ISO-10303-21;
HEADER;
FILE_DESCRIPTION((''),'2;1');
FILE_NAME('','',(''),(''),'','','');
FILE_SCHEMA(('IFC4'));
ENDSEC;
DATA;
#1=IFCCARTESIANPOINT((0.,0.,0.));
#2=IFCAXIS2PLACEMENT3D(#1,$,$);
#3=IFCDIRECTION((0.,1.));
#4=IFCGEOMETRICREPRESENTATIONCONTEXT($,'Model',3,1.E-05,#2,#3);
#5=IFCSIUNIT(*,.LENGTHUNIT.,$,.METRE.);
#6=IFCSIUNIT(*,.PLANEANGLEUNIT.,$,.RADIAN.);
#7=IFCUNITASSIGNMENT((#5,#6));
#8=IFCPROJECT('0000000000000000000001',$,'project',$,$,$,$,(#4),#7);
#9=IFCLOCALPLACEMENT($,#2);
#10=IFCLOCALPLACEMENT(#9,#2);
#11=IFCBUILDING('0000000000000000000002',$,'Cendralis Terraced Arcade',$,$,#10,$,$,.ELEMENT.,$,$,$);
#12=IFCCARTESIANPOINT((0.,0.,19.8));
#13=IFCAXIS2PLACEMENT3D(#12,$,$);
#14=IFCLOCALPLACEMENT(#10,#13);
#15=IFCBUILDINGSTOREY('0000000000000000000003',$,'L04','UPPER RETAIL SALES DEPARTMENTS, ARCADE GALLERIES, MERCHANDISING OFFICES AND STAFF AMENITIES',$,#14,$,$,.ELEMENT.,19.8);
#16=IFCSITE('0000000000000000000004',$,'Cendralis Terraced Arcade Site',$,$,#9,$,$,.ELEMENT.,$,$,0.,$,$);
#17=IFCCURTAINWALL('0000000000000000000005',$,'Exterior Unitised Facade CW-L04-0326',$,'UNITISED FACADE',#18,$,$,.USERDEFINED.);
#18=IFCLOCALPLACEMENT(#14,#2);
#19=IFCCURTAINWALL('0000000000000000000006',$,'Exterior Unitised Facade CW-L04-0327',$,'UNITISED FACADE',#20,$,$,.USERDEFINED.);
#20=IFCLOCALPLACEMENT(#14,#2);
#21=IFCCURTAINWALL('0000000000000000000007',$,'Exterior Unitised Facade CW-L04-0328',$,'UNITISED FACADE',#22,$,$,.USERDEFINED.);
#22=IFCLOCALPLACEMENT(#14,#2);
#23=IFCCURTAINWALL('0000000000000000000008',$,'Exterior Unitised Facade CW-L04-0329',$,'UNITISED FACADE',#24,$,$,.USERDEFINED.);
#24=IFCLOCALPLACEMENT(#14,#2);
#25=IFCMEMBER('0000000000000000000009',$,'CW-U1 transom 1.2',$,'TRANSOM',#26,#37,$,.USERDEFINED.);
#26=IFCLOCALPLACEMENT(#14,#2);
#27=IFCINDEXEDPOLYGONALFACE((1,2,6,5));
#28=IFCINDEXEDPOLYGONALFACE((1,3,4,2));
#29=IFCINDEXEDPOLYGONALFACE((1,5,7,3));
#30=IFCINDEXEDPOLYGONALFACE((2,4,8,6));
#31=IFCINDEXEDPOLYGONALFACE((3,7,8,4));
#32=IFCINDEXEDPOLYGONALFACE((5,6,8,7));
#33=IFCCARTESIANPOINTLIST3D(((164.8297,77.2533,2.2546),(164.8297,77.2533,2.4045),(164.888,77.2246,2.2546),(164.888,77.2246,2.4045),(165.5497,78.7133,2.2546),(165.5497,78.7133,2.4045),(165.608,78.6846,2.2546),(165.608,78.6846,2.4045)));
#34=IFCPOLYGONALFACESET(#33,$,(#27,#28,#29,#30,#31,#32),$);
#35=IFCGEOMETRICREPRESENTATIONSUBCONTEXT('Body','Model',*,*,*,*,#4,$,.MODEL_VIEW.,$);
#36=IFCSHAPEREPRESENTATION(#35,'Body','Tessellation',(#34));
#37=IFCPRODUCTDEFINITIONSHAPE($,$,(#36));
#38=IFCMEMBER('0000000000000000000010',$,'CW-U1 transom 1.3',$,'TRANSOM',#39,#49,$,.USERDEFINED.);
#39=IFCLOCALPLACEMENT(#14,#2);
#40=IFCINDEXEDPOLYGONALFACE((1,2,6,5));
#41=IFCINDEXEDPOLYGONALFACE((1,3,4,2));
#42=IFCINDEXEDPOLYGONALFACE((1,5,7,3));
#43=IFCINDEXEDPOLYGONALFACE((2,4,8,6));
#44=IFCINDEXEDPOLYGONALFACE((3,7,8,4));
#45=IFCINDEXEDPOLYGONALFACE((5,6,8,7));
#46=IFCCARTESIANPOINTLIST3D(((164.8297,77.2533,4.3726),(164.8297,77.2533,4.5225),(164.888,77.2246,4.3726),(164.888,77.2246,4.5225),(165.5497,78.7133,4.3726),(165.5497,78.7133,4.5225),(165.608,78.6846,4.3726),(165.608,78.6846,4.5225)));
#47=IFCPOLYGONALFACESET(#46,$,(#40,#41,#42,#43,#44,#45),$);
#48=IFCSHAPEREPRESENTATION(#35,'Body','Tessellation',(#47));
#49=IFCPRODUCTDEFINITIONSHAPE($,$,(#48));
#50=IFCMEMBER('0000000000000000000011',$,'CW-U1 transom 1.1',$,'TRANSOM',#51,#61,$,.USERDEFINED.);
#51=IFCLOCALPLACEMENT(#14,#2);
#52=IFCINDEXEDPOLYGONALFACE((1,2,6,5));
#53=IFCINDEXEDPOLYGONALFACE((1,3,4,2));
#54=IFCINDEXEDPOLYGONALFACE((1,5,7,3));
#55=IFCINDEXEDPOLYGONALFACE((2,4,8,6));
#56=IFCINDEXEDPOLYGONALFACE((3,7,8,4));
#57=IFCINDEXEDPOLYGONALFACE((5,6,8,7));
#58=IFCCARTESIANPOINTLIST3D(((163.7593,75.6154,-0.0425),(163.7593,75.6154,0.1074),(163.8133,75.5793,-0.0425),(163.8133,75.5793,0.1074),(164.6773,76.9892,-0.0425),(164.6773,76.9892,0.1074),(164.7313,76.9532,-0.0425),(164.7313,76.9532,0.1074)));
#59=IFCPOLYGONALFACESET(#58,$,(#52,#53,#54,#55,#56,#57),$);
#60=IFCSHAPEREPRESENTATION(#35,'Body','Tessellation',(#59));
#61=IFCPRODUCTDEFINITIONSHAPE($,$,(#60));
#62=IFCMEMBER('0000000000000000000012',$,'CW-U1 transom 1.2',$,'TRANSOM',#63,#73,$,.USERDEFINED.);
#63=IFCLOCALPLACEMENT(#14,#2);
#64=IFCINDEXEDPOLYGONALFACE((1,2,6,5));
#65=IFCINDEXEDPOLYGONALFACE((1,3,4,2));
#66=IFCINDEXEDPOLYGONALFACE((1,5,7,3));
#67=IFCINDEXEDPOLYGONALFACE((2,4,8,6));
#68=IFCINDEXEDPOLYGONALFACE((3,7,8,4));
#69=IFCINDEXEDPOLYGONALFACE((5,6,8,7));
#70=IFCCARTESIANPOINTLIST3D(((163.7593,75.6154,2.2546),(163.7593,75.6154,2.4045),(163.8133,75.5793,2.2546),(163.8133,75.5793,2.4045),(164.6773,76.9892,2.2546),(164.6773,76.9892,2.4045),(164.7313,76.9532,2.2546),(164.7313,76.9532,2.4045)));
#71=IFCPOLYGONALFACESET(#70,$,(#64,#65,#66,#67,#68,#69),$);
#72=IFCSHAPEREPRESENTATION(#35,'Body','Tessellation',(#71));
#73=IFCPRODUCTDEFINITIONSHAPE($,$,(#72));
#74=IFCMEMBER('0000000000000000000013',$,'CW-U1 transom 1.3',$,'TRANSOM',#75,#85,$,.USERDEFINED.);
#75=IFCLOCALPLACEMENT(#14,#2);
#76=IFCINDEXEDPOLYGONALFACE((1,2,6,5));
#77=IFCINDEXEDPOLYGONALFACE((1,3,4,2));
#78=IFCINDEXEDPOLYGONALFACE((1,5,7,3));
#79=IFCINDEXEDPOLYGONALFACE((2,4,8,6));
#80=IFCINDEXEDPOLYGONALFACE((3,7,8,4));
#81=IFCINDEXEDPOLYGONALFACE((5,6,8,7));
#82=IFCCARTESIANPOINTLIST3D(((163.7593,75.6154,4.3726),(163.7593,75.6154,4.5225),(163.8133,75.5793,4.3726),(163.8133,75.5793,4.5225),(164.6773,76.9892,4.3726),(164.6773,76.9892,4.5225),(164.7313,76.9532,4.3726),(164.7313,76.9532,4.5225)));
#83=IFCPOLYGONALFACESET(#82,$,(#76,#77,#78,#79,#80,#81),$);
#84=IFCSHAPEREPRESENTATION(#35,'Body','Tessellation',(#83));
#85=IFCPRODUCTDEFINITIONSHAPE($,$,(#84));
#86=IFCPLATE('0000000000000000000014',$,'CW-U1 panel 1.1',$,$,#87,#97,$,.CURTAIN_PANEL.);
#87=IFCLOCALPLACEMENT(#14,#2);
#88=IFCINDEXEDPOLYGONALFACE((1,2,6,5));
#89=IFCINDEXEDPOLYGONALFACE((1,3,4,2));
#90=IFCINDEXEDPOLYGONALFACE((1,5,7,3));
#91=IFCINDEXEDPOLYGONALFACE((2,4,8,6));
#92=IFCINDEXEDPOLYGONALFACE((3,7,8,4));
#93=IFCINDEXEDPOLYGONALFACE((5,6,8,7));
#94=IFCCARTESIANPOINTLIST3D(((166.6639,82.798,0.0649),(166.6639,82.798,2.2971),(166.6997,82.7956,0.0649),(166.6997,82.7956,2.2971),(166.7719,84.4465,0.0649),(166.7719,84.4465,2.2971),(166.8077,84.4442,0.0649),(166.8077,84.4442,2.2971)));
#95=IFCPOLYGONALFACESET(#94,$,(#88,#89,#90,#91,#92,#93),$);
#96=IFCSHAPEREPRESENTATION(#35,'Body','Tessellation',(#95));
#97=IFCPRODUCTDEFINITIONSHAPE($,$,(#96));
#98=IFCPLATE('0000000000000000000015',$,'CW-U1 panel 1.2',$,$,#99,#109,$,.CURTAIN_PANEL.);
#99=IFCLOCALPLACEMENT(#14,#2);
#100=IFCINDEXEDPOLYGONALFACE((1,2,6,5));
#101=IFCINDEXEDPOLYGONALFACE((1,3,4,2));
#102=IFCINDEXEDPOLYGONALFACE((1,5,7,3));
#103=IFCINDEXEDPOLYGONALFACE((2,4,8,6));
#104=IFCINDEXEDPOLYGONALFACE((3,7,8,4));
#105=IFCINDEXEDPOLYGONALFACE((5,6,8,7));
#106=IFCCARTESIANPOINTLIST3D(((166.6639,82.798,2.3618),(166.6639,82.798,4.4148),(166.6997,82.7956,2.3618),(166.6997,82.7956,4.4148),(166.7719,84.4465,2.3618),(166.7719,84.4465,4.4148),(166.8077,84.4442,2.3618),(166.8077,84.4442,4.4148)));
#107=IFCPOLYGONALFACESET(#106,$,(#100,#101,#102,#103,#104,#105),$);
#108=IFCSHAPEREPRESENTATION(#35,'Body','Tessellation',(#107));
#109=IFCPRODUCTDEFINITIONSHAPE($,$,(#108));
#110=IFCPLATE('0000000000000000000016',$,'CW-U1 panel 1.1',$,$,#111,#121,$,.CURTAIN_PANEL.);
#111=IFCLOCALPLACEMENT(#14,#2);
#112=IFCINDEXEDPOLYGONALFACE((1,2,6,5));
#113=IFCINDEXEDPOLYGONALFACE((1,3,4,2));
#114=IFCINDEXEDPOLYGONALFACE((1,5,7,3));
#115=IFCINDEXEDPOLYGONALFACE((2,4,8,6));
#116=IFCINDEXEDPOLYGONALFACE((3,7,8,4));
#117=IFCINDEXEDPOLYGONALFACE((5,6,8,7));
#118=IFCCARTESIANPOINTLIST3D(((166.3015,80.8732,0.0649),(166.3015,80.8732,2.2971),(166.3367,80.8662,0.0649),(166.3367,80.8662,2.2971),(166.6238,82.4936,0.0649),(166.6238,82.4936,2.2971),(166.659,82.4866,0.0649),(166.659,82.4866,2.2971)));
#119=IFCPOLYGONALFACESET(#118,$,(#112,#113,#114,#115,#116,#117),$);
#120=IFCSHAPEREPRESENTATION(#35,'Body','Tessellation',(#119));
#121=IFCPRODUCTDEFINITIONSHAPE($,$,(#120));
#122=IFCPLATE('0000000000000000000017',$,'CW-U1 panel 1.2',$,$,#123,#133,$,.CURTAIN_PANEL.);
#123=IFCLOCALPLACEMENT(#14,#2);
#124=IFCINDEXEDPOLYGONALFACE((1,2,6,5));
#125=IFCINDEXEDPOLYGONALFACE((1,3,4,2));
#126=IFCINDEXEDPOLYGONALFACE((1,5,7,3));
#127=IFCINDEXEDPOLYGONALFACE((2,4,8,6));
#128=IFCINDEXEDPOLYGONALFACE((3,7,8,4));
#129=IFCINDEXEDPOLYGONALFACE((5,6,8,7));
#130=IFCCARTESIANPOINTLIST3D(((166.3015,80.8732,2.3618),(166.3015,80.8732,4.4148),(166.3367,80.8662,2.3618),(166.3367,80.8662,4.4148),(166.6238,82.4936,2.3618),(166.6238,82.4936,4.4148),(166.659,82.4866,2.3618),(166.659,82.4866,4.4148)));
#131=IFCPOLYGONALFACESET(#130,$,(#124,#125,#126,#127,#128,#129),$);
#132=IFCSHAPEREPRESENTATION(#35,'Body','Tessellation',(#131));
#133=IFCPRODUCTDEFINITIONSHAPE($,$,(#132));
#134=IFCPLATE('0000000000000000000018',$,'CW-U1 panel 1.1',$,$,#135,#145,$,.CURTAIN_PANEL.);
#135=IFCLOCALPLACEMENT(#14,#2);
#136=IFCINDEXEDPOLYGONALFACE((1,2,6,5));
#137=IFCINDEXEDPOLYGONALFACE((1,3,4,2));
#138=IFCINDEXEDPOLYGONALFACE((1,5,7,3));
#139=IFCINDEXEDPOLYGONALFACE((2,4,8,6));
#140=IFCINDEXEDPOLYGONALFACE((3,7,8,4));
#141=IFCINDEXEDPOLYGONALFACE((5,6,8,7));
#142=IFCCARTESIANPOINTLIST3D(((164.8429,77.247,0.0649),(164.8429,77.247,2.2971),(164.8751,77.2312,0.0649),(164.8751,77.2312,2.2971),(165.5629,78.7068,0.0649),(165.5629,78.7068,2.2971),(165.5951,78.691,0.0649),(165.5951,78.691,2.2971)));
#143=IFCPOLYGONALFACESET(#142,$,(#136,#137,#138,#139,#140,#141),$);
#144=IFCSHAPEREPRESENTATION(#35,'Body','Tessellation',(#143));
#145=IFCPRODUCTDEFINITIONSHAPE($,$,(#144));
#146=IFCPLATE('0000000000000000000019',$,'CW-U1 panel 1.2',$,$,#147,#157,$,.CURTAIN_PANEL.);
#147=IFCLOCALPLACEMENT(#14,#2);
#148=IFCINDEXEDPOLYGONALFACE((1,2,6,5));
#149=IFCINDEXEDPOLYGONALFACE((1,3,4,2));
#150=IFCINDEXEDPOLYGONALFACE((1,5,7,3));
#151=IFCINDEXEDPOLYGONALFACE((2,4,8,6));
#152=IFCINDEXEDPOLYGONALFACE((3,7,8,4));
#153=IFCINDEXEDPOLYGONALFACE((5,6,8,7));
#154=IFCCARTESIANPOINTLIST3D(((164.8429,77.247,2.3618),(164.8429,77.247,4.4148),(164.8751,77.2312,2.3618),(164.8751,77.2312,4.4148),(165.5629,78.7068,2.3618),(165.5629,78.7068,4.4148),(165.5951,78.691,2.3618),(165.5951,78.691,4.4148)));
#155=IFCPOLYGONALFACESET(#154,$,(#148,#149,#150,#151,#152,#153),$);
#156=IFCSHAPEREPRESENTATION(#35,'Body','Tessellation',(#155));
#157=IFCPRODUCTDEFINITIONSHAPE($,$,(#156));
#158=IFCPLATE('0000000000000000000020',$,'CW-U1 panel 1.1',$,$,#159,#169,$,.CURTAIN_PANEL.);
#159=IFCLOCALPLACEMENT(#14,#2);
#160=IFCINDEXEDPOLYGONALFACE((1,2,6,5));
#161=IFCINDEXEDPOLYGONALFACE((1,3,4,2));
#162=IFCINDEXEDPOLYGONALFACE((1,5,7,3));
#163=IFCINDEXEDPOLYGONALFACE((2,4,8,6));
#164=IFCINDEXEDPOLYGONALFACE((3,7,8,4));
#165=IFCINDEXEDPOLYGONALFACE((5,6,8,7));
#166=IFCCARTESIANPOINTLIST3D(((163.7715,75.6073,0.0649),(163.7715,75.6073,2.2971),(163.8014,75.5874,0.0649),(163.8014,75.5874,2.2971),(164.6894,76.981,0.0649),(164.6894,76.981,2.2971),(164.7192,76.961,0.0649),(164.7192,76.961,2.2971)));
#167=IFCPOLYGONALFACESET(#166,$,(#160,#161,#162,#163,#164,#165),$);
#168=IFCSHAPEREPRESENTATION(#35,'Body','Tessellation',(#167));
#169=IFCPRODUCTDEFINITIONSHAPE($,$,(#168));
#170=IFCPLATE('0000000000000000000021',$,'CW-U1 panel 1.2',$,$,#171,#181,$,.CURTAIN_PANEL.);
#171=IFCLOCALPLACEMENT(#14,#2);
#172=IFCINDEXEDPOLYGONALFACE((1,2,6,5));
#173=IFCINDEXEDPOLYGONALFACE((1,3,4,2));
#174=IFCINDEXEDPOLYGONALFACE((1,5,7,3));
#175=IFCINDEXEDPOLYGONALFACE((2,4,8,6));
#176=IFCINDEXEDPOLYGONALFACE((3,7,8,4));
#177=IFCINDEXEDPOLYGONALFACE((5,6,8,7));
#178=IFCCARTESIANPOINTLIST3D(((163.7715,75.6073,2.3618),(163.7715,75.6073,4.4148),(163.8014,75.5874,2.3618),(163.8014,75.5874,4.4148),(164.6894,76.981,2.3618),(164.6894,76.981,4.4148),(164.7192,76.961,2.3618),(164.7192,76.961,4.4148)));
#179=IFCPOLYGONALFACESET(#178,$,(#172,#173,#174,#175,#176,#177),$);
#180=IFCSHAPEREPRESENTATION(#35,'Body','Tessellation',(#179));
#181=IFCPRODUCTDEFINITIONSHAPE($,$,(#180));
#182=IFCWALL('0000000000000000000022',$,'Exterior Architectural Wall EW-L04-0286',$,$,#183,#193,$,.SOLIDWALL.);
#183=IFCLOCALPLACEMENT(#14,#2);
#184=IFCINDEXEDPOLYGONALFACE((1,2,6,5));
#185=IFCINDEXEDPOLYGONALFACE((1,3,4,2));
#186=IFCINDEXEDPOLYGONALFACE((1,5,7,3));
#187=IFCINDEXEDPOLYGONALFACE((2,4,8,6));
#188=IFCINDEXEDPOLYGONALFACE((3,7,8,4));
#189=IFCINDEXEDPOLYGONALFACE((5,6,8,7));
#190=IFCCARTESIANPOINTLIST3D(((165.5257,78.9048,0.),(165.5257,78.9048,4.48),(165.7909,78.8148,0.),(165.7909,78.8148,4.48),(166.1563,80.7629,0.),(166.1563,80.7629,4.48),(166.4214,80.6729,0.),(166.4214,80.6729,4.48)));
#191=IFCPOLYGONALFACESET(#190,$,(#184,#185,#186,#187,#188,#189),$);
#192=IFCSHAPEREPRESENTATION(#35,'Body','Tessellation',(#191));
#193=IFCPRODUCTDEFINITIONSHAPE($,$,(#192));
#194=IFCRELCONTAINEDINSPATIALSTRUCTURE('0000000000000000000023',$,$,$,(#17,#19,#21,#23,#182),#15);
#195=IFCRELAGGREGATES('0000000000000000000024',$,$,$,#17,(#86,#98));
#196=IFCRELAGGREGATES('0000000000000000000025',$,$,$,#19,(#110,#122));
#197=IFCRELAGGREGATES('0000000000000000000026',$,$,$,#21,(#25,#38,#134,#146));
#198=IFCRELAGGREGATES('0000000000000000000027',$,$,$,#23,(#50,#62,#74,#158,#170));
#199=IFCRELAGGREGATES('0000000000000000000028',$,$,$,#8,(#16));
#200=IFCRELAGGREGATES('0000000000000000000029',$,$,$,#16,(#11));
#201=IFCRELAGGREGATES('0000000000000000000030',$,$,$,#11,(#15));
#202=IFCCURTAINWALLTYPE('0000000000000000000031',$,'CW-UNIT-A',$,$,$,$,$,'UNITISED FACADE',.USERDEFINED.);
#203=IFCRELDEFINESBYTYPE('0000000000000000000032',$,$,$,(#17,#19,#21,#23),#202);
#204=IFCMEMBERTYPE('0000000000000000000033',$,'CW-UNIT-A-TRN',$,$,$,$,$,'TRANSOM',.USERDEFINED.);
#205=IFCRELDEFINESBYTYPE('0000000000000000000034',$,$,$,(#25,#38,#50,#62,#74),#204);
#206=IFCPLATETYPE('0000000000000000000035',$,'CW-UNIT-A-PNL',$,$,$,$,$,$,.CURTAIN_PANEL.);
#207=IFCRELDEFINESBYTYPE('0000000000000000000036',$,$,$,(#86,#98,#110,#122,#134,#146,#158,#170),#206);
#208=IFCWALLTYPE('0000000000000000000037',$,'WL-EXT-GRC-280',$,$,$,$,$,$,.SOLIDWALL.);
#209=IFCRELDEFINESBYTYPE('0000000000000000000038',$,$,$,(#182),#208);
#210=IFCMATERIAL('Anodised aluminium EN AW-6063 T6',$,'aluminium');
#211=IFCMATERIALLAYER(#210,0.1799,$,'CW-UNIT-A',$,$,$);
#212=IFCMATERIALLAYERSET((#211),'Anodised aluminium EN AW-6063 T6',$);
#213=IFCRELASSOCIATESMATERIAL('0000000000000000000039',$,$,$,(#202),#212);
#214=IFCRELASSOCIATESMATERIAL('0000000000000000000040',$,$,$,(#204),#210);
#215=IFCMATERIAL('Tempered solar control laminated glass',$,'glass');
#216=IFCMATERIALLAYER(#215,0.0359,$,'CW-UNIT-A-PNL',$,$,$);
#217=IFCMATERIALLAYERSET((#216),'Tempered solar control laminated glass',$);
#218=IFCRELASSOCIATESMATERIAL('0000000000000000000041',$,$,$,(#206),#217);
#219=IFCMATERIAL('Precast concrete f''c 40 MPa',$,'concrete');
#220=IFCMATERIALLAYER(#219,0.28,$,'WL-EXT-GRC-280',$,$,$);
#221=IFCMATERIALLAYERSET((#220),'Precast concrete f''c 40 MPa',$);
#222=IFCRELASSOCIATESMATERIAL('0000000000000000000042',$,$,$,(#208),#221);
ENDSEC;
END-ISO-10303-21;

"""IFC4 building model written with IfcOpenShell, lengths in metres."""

from ifc_helpers import new_model, si_unit, direction, frame, frame_2d, origin, origin_2d, place, context, subcontext, project, spatial, rectangle, extrude, material, layer, layer_set, material_profile, profile_set, type_object, element, aggregate, save


model = new_model("IFC4")

# Units and contexts
model_context = context("Model", 3, precision=1e-05, world=origin(), true_north=direction((0.0, 1.0)))
body_context = subcontext(model_context, "Body", "Model", "MODEL_VIEW")
ifc_project = project(units=[si_unit("LENGTHUNIT", "METRE"), si_unit("PLANEANGLEUNIT", "RADIAN")], contexts=[model_context])

# Site, building, storey
site_placement = place(None, origin())
site = spatial("IfcSite", under=ifc_project, at=site_placement, Name="Cendralis Terraced Arcade Site", CompositionType="ELEMENT", RefElevation=0.0)
building_placement = place(site_placement, origin())
building = spatial("IfcBuilding", under=site, at=building_placement, Name="Cendralis Terraced Arcade", CompositionType="ELEMENT")
storey_placement = place(building_placement, frame((0.0, 0.0, 19.8)))
storey = spatial("IfcBuildingStorey", under=building, at=storey_placement, Name="L04", Description="UPPER RETAIL SALES DEPARTMENTS, ARCADE GALLERIES, MERCHANDISING OFFICES AND STAFF AMENITIES", CompositionType="ELEMENT", Elevation=19.8)

# Curtain walls
ifc_material_1 = material(Name="Anodised aluminium EN AW-6063 T6", Category="aluminium")
ifc_layer_1 = layer(ifc_material_1, 0.1799, Name="CW-UNIT-A")
ifc_layer_set_1 = layer_set([ifc_layer_1], Name="Anodised aluminium EN AW-6063 T6")
curtain_wall_type = type_object("IfcCurtainWallType", Name="CW-UNIT-A", ElementType="UNITISED FACADE", PredefinedType="USERDEFINED", material=ifc_layer_set_1)
curtain_wall_1_placement = place(storey_placement, origin())
curtain_wall_1 = element("IfcCurtainWall", 1, at=curtain_wall_1_placement, inside=storey, type_object=curtain_wall_type, Name="Exterior Unitised Facade CW-L04-0326", ObjectType="UNITISED FACADE", PredefinedType="USERDEFINED")
curtain_wall_2_placement = place(storey_placement, origin())
curtain_wall_2 = element("IfcCurtainWall", 2, at=curtain_wall_2_placement, inside=storey, type_object=curtain_wall_type, Name="Exterior Unitised Facade CW-L04-0327", ObjectType="UNITISED FACADE", PredefinedType="USERDEFINED")
curtain_wall_3_placement = place(storey_placement, origin())
curtain_wall_3 = element("IfcCurtainWall", 3, at=curtain_wall_3_placement, inside=storey, type_object=curtain_wall_type, Name="Exterior Unitised Facade CW-L04-0328", ObjectType="UNITISED FACADE", PredefinedType="USERDEFINED")

# Curtain wall
curtain_wall_4_placement = place(storey_placement, origin())
curtain_wall_4 = element("IfcCurtainWall", 4, at=curtain_wall_4_placement, inside=storey, type_object=curtain_wall_type, Name="Exterior Unitised Facade CW-L04-0329", ObjectType="UNITISED FACADE", PredefinedType="USERDEFINED")

# Members
ifc_material_profile_1 = material_profile(ifc_material_1, rectangle(XDim=0.0649, YDim=0.1499, at=origin_2d()), Name="ALU-TRN-65x150")
ifc_profile_set_1 = profile_set([ifc_material_profile_1], Name="Anodised aluminium EN AW-6063 T6")
member_type_1 = type_object("IfcMemberType", Name="CW-UNIT-A-TRN", ElementType="TRANSOM", PredefinedType="USERDEFINED", material=ifc_profile_set_1)
member_1_placement = place(storey_placement, frame((165.5789, 78.699, 2.3296), z_axis=(-0.442288, -0.896873, 0.0), x_axis=(0.896873, -0.442288, 0.0)))
member_1 = element("IfcMember", 5, at=member_1_placement, type_object=member_type_1, Name="CW-U1 transom 1.2", ObjectType="TRANSOM", PredefinedType="USERDEFINED", context=body_context, shape_type="SweptSolid", body=[
    extrude(rectangle(XDim=0.0649, YDim=0.1499, at=origin_2d()), origin(), (0.0, 0.0, 1.0), 1.6279),
])
member_2_placement = place(storey_placement, frame((165.5789, 78.699, 4.4475), z_axis=(-0.442288, -0.896873, 0.0), x_axis=(0.896873, -0.442288, 0.0)))
member_2 = element("IfcMember", 6, at=member_2_placement, type_object=member_type_1, Name="CW-U1 transom 1.3", ObjectType="TRANSOM", PredefinedType="USERDEFINED", context=body_context, shape_type="SweptSolid", body=[
    extrude(rectangle(XDim=0.0649, YDim=0.1499, at=origin_2d()), origin(), (0.0, 0.0, 1.0), 1.6279),
])
member_3_placement = place(storey_placement, frame((164.7043, 76.9712, 0.0325), z_axis=(-0.555586, -0.831459, 0.0), x_axis=(0.831459, -0.555586, 0.0)))
member_3 = element("IfcMember", 7, at=member_3_placement, type_object=member_type_1, Name="CW-U1 transom 1.1", ObjectType="TRANSOM", PredefinedType="USERDEFINED", context=body_context, shape_type="SweptSolid", body=[
    extrude(rectangle(XDim=0.0649, YDim=0.1499, at=origin_2d()), origin(), (0.0, 0.0, 1.0), 1.6523),
])
member_4_placement = place(storey_placement, frame((164.7043, 76.9712, 2.3296), z_axis=(-0.555586, -0.831459, 0.0), x_axis=(0.831459, -0.555586, 0.0)))
member_4 = element("IfcMember", 8, at=member_4_placement, type_object=member_type_1, Name="CW-U1 transom 1.2", ObjectType="TRANSOM", PredefinedType="USERDEFINED", context=body_context, shape_type="SweptSolid", body=[
    extrude(rectangle(XDim=0.0649, YDim=0.1499, at=origin_2d()), origin(), (0.0, 0.0, 1.0), 1.6523),
])
member_5_placement = place(storey_placement, frame((164.7043, 76.9712, 4.4475), z_axis=(-0.555586, -0.831459, 0.0), x_axis=(0.831459, -0.555586, 0.0)))
member_5 = element("IfcMember", 9, at=member_5_placement, type_object=member_type_1, Name="CW-U1 transom 1.3", ObjectType="TRANSOM", PredefinedType="USERDEFINED", context=body_context, shape_type="SweptSolid", body=[
    extrude(rectangle(XDim=0.0649, YDim=0.1499, at=origin_2d()), origin(), (0.0, 0.0, 1.0), 1.6523),
])

# Plates
ifc_material_2 = material(Name="Tempered solar control laminated glass", Category="glass")
ifc_layer_2 = layer(ifc_material_2, 0.0359, Name="CW-UNIT-A-PNL")
ifc_layer_set_2 = layer_set([ifc_layer_2], Name="Tempered solar control laminated glass")
plate_type = type_object("IfcPlateType", Name="CW-UNIT-A-PNL", PredefinedType="CURTAIN_PANEL", material=ifc_layer_set_2)
plate_1_placement = place(storey_placement, frame((166.7358, 83.6211, 0.0649), z_axis=(0.0, 0.0, 1.0), x_axis=(-0.065372, -0.997861, 0.0)))
plate_1 = element("IfcPlate", 10, at=plate_1_placement, type_object=plate_type, Name="CW-U1 panel 1.1", PredefinedType="CURTAIN_PANEL", context=body_context, shape_type="SweptSolid", body=[
    extrude(rectangle(XDim=1.6521, YDim=0.0359, at=origin_2d()), origin(), (0.0, 0.0, 1.0), 2.2322),
])
plate_2_placement = place(storey_placement, frame((166.7358, 83.6211, 2.3618), z_axis=(0.0, 0.0, 1.0), x_axis=(-0.065372, -0.997861, 0.0)))
plate_2 = element("IfcPlate", 11, at=plate_2_placement, type_object=plate_type, Name="CW-U1 panel 1.2", PredefinedType="CURTAIN_PANEL", context=body_context, shape_type="SweptSolid", body=[
    extrude(rectangle(XDim=1.6521, YDim=0.0359, at=origin_2d()), origin(), (0.0, 0.0, 1.0), 2.053),
])
aggregate(curtain_wall_1, [plate_1, plate_2])
plate_3_placement = place(storey_placement, frame((166.4802, 81.6799, 0.0649), z_axis=(0.0, 0.0, 1.0), x_axis=(-0.195058, -0.980792, 0.0)))
plate_3 = element("IfcPlate", 12, at=plate_3_placement, type_object=plate_type, Name="CW-U1 panel 1.1", PredefinedType="CURTAIN_PANEL", context=body_context, shape_type="SweptSolid", body=[
    extrude(rectangle(XDim=1.6521, YDim=0.0359, at=origin_2d()), origin(), (0.0, 0.0, 1.0), 2.2322),
])
plate_4_placement = place(storey_placement, frame((166.4802, 81.6799, 2.3618), z_axis=(0.0, 0.0, 1.0), x_axis=(-0.195058, -0.980792, 0.0)))
plate_4 = element("IfcPlate", 13, at=plate_4_placement, type_object=plate_type, Name="CW-U1 panel 1.2", PredefinedType="CURTAIN_PANEL", context=body_context, shape_type="SweptSolid", body=[
    extrude(rectangle(XDim=1.6521, YDim=0.0359, at=origin_2d()), origin(), (0.0, 0.0, 1.0), 2.053),
])
aggregate(curtain_wall_2, [plate_3, plate_4])
plate_5_placement = place(storey_placement, frame((165.219, 77.969, 0.0649), z_axis=(0.0, 0.0, 1.0), x_axis=(-0.442314, -0.89686, 0.0)))
plate_5 = element("IfcPlate", 14, at=plate_5_placement, type_object=plate_type, Name="CW-U1 panel 1.1", PredefinedType="CURTAIN_PANEL", context=body_context, shape_type="SweptSolid", body=[
    extrude(rectangle(XDim=1.6277, YDim=0.0359, at=origin_2d()), origin(), (0.0, 0.0, 1.0), 2.2322),
])
plate_6_placement = place(storey_placement, frame((165.219, 77.969, 2.3618), z_axis=(0.0, 0.0, 1.0), x_axis=(-0.442314, -0.89686, 0.0)))
plate_6 = element("IfcPlate", 15, at=plate_6_placement, type_object=plate_type, Name="CW-U1 panel 1.2", PredefinedType="CURTAIN_PANEL", context=body_context, shape_type="SweptSolid", body=[
    extrude(rectangle(XDim=1.6277, YDim=0.0359, at=origin_2d()), origin(), (0.0, 0.0, 1.0), 2.053),
])
aggregate(curtain_wall_3, [member_1, member_2, plate_5, plate_6])
plate_7_placement = place(storey_placement, frame((164.2454, 76.2842, 0.0649), z_axis=(0.0, 0.0, 1.0), x_axis=(-0.555567, -0.831471, 0.0)))
plate_7 = element("IfcPlate", 16, at=plate_7_placement, type_object=plate_type, Name="CW-U1 panel 1.1", PredefinedType="CURTAIN_PANEL", context=body_context, shape_type="SweptSolid", body=[
    extrude(rectangle(XDim=1.6521, YDim=0.0359, at=origin_2d()), origin(), (0.0, 0.0, 1.0), 2.2322),
])
plate_8_placement = place(storey_placement, frame((164.2454, 76.2842, 2.3618), z_axis=(0.0, 0.0, 1.0), x_axis=(-0.555567, -0.831471, 0.0)))
plate_8 = element("IfcPlate", 17, at=plate_8_placement, type_object=plate_type, Name="CW-U1 panel 1.2", PredefinedType="CURTAIN_PANEL", context=body_context, shape_type="SweptSolid", body=[
    extrude(rectangle(XDim=1.6521, YDim=0.0359, at=origin_2d()), origin(), (0.0, 0.0, 1.0), 2.053),
])
aggregate(curtain_wall_4, [member_3, member_4, member_5, plate_7, plate_8])

# Wall
ifc_material_3 = material(Name="Precast concrete f'c 40 MPa", Category="concrete")
ifc_layer_3 = layer(ifc_material_3, 0.28, Name="WL-EXT-GRC-280")
ifc_layer_set_3 = layer_set([ifc_layer_3], Name="Precast concrete f'c 40 MPa")
wall_type_1 = type_object("IfcWallType", Name="WL-EXT-GRC-280", PredefinedType="SOLIDWALL", material=ifc_layer_set_3)
wall_1_placement = place(storey_placement, frame((166.2888, 80.7178, 0.0), z_axis=(0.0, 0.0, 1.0), x_axis=(-0.321374, -0.946952, 0.0)))
element("IfcWall", 18, at=wall_1_placement, inside=storey, type_object=wall_type_1, Name="Exterior Architectural Wall EW-L04-0286", PredefinedType="SOLIDWALL", context=body_context, shape_type="SweptSolid", body=[
    extrude(rectangle(XDim=1.9622, YDim=0.28, at=frame_2d((0.981, 0.0))), origin(), (0.0, 0.0, 1.0), 4.48),
])

save(model, "model.ifc")
